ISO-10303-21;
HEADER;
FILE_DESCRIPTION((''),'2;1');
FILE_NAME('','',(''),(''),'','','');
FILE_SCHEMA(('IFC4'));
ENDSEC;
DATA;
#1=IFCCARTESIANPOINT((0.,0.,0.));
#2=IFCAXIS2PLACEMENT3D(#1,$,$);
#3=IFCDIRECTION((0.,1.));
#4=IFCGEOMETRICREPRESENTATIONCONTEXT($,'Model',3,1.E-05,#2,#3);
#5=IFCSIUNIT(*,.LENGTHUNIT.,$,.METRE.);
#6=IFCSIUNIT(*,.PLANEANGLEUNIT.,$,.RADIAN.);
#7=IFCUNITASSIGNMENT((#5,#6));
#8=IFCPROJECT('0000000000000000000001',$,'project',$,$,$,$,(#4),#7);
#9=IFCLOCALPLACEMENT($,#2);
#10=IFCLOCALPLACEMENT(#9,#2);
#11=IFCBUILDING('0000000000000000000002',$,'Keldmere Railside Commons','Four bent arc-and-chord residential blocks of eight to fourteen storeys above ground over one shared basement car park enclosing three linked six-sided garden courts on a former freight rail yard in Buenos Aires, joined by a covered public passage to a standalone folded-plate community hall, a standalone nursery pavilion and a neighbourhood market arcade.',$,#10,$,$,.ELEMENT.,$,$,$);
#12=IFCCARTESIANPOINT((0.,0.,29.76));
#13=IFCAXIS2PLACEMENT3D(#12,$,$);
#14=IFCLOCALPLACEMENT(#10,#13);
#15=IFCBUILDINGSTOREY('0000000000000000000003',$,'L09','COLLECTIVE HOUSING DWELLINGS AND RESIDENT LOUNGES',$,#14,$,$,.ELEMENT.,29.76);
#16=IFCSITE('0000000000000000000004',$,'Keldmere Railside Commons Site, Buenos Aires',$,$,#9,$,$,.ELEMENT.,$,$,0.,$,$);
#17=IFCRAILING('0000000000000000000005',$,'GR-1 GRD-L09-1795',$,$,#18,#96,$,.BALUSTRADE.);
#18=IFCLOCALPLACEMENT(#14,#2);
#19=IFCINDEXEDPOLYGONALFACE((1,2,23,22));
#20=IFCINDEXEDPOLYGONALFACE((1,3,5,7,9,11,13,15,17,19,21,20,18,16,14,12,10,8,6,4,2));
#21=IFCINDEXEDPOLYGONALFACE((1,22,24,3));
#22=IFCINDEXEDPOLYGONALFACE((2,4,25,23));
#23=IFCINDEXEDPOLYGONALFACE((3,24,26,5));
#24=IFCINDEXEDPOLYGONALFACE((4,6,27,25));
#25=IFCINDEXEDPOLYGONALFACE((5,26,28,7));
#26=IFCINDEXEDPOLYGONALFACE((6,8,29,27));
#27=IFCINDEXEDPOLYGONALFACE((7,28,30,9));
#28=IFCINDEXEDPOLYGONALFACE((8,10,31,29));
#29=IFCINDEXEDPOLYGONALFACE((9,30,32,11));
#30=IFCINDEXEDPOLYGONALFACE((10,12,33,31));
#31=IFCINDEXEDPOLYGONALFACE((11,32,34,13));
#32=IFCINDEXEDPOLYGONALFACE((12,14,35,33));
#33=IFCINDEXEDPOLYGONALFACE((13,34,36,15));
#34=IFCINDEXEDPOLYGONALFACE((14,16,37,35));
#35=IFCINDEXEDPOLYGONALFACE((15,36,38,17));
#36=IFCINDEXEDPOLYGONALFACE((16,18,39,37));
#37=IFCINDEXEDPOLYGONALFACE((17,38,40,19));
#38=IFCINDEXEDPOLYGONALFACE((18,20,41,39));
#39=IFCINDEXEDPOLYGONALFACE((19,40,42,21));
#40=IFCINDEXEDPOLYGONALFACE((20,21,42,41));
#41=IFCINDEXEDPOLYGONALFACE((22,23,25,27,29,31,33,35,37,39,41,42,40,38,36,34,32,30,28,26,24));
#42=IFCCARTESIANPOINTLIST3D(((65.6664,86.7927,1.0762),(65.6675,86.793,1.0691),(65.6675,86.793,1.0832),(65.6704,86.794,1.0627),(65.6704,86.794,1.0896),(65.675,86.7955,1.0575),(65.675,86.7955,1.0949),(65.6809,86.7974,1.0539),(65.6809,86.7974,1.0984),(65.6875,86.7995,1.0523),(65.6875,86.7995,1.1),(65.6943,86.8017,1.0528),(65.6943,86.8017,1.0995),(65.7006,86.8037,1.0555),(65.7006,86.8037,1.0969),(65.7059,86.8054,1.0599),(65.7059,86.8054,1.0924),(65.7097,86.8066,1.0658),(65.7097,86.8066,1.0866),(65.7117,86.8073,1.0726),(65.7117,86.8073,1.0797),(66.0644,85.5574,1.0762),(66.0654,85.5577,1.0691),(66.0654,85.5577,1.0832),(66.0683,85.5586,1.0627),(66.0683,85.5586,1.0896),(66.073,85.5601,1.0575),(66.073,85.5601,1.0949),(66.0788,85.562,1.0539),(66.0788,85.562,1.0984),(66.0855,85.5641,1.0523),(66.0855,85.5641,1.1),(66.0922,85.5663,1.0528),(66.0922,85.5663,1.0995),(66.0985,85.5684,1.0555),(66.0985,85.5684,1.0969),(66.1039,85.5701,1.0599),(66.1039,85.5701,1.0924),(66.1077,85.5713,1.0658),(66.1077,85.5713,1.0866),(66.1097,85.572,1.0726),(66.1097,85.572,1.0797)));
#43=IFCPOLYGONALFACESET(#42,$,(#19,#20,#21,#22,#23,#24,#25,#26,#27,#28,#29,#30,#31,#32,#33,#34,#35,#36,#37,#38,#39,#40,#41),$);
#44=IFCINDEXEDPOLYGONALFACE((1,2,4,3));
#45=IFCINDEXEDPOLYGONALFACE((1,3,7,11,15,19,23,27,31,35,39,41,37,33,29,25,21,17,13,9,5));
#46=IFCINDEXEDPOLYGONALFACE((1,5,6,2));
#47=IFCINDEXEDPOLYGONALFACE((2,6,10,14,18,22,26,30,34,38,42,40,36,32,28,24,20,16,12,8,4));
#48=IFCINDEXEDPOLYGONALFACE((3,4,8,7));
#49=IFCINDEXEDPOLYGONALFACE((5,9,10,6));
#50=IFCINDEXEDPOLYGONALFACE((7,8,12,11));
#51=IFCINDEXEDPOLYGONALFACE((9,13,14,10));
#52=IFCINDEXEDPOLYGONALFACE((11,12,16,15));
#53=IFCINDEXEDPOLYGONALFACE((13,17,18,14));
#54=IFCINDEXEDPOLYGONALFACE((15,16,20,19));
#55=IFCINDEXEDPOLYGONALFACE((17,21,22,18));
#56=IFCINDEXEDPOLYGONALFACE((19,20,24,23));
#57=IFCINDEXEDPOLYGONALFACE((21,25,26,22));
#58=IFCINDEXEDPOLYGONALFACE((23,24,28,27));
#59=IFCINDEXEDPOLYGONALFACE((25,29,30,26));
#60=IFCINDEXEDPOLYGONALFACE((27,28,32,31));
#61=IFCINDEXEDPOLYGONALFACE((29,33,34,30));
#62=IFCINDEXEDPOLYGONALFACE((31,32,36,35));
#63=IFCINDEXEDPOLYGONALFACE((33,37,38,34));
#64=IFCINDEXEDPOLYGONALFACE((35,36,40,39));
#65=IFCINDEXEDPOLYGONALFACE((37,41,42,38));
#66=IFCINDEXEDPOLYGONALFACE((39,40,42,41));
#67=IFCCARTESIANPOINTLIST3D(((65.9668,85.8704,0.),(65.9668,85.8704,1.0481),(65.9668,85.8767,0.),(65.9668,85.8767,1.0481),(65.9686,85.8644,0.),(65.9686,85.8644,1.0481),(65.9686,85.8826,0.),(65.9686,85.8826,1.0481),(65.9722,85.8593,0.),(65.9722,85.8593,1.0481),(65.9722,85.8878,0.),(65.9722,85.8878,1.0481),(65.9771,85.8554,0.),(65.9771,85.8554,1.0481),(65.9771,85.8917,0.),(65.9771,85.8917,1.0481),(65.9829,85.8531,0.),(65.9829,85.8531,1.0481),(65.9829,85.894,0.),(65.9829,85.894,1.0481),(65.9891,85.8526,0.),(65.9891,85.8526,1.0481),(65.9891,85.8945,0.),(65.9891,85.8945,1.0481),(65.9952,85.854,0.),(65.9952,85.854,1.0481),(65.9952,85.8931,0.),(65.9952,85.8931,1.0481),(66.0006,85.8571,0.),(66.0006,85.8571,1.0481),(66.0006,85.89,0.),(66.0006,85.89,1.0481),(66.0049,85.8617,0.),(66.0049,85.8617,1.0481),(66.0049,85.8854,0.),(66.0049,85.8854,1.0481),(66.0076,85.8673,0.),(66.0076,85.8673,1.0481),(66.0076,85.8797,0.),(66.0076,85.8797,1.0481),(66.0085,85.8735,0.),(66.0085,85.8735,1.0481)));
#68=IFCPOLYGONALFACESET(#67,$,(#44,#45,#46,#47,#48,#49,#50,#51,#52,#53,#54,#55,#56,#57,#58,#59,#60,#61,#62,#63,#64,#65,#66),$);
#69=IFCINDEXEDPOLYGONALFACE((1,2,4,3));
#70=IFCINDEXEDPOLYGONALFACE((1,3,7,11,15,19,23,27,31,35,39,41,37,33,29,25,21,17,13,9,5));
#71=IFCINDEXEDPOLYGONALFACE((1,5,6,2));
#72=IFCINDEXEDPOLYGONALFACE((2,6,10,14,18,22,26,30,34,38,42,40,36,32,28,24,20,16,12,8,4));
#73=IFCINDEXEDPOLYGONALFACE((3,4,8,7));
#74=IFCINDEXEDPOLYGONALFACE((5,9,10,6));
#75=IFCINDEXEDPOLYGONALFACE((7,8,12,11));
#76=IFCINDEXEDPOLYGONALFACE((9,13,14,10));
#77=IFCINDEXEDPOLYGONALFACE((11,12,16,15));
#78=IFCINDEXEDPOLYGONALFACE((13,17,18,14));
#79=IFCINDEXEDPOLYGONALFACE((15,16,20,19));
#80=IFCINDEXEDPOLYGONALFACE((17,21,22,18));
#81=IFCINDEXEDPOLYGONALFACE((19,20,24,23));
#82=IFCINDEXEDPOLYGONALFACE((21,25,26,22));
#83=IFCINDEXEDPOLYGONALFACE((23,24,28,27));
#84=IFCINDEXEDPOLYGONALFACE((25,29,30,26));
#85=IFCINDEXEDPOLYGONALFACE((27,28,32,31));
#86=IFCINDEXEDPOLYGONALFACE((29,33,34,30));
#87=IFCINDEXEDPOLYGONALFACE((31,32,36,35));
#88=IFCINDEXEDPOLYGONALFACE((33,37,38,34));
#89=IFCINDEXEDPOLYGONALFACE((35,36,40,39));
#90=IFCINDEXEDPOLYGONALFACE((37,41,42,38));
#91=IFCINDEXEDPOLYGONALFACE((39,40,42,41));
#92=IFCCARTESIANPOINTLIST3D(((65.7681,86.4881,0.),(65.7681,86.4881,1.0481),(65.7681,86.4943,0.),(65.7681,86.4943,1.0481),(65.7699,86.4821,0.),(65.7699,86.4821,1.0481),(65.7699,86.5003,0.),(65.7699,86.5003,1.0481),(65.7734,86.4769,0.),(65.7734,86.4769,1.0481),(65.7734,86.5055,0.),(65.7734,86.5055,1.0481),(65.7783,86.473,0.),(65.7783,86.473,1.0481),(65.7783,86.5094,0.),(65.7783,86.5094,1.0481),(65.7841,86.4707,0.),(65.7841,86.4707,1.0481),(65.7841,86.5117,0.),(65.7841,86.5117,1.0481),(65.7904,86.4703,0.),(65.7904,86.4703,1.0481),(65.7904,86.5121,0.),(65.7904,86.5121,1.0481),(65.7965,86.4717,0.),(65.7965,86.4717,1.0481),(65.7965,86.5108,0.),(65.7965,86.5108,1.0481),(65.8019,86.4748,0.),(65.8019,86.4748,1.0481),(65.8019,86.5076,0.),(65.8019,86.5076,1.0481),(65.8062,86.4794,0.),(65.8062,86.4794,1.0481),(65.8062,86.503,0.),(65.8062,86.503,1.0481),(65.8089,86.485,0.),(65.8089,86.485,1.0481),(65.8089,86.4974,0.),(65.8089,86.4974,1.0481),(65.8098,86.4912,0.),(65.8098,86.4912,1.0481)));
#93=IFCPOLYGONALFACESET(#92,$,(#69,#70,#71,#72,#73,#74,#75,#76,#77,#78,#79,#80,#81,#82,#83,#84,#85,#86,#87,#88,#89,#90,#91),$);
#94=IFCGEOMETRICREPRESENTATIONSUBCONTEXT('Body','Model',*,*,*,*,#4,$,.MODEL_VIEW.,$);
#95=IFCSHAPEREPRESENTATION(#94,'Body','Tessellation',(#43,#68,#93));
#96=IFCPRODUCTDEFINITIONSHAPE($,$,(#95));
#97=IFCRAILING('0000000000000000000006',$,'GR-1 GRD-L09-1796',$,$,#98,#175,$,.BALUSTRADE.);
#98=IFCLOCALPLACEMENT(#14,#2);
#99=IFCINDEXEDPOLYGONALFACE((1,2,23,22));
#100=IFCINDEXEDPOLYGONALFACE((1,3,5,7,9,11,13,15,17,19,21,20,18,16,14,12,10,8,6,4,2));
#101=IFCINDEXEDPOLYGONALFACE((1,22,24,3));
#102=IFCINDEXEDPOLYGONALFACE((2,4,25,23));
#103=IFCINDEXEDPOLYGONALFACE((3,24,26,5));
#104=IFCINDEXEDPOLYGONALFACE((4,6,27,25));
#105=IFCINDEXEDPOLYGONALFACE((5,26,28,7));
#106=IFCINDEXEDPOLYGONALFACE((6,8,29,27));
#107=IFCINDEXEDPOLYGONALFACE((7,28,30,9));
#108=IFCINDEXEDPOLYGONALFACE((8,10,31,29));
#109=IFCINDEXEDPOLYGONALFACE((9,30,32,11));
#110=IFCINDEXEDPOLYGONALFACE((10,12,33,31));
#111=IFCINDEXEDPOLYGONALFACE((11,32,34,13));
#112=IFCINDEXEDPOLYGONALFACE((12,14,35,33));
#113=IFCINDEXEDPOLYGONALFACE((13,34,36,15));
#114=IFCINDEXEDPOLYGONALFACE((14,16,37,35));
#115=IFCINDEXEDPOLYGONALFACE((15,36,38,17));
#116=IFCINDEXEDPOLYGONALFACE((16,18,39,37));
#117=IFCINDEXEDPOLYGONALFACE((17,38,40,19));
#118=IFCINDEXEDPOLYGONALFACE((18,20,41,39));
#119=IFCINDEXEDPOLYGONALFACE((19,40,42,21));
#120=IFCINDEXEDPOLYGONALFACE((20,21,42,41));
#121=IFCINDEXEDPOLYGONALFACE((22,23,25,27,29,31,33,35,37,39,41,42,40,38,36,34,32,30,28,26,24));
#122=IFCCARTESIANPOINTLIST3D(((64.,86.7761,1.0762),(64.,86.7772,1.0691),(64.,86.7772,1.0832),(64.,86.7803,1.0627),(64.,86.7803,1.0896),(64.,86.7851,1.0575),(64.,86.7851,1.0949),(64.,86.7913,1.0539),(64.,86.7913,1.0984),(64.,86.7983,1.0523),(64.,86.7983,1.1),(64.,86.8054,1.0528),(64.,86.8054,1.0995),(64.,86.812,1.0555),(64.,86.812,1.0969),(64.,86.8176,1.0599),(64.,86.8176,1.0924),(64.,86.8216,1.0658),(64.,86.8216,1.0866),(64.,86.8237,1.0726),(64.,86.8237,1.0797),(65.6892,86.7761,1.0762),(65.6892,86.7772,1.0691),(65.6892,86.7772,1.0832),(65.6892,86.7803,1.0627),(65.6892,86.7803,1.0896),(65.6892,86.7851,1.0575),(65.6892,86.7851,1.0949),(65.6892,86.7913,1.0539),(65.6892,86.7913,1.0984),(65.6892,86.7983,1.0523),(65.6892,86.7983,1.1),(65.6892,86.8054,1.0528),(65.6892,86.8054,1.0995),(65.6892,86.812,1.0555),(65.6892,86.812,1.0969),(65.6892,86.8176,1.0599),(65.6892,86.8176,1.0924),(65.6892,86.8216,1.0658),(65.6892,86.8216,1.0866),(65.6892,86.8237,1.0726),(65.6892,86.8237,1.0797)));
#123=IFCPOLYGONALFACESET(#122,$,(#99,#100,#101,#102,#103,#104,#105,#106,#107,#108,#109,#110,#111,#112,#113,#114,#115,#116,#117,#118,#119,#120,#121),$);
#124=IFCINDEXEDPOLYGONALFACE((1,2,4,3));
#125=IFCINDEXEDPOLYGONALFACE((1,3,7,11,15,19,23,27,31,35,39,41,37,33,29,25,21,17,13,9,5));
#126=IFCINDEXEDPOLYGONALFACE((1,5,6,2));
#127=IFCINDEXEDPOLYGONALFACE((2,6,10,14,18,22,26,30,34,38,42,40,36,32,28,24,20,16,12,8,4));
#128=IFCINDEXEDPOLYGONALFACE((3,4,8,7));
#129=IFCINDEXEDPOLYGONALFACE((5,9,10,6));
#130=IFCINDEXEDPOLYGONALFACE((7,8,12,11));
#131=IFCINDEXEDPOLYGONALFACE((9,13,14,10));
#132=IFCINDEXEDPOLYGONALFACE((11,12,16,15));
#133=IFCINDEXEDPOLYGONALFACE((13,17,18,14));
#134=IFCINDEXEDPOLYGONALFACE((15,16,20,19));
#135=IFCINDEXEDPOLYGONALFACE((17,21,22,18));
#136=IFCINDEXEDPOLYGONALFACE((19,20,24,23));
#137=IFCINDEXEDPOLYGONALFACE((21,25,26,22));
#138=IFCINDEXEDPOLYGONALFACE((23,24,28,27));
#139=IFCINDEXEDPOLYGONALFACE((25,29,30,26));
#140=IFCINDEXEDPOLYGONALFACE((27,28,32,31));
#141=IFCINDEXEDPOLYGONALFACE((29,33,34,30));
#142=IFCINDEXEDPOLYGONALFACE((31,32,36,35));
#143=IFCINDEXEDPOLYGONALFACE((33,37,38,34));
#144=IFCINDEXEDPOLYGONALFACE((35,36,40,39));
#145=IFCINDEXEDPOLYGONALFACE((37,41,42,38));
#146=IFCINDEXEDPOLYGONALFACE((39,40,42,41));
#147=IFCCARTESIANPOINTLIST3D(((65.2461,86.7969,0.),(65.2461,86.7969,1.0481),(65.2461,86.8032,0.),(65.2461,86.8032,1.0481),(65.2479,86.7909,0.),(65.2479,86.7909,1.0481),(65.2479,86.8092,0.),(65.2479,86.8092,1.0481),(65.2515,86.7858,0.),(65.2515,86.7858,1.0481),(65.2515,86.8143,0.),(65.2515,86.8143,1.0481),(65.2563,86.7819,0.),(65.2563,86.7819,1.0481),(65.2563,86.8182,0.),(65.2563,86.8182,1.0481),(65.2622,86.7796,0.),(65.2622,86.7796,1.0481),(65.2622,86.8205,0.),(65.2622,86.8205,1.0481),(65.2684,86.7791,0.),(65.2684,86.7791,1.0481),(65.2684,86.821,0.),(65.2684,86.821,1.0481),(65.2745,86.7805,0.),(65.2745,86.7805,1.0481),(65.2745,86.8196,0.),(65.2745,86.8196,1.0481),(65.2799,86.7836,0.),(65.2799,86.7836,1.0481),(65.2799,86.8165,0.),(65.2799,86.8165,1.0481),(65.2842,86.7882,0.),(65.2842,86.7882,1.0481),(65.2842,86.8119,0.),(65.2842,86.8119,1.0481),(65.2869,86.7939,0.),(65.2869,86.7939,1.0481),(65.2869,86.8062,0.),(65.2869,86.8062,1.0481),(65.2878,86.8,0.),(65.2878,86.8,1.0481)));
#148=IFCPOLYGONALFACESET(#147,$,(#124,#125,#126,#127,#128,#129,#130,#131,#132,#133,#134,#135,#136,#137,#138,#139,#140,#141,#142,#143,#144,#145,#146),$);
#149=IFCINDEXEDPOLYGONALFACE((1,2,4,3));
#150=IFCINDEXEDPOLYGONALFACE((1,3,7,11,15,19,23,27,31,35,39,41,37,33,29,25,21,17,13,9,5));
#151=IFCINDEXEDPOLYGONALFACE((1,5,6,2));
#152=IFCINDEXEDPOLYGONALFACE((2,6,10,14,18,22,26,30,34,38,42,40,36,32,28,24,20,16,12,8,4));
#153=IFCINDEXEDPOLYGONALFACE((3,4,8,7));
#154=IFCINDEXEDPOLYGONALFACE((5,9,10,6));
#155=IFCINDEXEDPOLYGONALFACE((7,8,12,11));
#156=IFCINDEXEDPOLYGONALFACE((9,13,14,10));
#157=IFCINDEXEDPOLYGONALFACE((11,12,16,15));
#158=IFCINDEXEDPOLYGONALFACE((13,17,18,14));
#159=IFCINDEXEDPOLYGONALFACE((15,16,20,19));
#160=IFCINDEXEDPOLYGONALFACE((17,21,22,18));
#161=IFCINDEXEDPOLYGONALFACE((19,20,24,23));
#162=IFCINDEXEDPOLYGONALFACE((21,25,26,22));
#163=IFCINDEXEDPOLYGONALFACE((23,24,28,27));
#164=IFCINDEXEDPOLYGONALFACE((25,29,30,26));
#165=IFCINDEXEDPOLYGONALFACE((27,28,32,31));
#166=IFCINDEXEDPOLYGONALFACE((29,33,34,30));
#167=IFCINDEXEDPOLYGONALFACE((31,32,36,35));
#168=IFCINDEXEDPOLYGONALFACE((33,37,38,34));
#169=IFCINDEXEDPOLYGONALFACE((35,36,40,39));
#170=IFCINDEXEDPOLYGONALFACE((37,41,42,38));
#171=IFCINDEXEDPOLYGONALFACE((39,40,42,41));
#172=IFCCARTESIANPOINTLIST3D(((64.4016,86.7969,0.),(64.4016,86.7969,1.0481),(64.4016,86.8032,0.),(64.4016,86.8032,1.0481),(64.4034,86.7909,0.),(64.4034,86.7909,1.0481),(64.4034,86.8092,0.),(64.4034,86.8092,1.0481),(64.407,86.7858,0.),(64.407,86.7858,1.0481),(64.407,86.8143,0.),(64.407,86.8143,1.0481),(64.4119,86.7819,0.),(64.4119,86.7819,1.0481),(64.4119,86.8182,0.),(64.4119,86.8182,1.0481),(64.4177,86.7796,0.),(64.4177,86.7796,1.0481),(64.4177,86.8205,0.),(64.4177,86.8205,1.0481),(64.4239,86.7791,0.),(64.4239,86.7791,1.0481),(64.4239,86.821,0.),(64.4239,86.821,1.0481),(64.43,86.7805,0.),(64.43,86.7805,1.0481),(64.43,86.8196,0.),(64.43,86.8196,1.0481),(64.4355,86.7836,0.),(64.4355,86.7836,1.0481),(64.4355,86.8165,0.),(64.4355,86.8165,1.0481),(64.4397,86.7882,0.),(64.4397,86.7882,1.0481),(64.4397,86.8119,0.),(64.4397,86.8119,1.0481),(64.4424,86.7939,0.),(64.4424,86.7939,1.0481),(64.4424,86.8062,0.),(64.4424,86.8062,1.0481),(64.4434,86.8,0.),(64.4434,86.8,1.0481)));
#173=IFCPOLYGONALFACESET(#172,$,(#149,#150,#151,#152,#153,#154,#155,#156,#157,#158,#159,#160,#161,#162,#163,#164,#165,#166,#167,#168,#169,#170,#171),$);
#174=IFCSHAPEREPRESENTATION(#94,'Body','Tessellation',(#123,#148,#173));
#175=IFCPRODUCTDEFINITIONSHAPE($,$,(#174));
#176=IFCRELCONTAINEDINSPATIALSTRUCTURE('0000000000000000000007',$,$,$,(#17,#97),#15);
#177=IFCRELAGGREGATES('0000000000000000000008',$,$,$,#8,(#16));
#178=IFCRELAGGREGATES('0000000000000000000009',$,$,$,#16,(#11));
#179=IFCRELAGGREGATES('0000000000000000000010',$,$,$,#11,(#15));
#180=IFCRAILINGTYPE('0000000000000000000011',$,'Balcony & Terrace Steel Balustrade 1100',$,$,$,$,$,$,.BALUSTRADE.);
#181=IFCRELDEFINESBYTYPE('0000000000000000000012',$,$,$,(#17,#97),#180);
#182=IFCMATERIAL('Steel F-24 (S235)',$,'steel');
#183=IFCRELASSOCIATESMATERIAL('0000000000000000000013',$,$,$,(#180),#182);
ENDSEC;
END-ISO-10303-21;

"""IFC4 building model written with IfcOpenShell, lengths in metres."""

from ifc_helpers import new_model, si_unit, direction, frame, origin, origin_2d, place, context, subcontext, project, spatial, circle, extrude, material, type_object, element, save


model = new_model("IFC4")

# Units and contexts
model_context = context("Model", 3, precision=1e-05, world=origin(), true_north=direction((0.0, 1.0)))
body_context = subcontext(model_context, "Body", "Model", "MODEL_VIEW")
ifc_project = project(units=[si_unit("LENGTHUNIT", "METRE"), si_unit("PLANEANGLEUNIT", "RADIAN")], contexts=[model_context])

# Site, building, storey
site_placement = place(None, origin())
site = spatial("IfcSite", under=ifc_project, at=site_placement, Name="Keldmere Railside Commons Site, Buenos Aires", CompositionType="ELEMENT", RefElevation=0.0)
building_placement = place(site_placement, origin())
building = spatial("IfcBuilding", under=site, at=building_placement, Name="Keldmere Railside Commons", Description="Four bent arc-and-chord residential blocks of eight to fourteen storeys above ground over one shared basement car park enclosing three linked six-sided garden courts on a former freight rail yard in Buenos Aires, joined by a covered public passage to a standalone folded-plate community hall, a standalone nursery pavilion and a neighbourhood market arcade.", CompositionType="ELEMENT")
storey_placement = place(building_placement, frame((0.0, 0.0, 29.76)))
storey = spatial("IfcBuildingStorey", under=building, at=storey_placement, Name="L09", Description="COLLECTIVE HOUSING DWELLINGS AND RESIDENT LOUNGES", CompositionType="ELEMENT", Elevation=29.76)

# Railings
ifc_material_1 = material(Name="Steel F-24 (S235)", Category="steel")
railing_type = type_object("IfcRailingType", Name="Balcony & Terrace Steel Balustrade 1100", PredefinedType="BALUSTRADE", material=ifc_material_1)
railing_1_placement = place(storey_placement, frame((66.0872, 85.5647, 0.0)))
element("IfcRailing", 1, at=railing_1_placement, inside=storey, type_object=railing_type, Name="GR-1 GRD-L09-1795", PredefinedType="BALUSTRADE", context=body_context, shape_type="SweptSolid", body=[
    extrude(circle(Radius=0.0239, at=origin_2d()), frame((0.0, 0.0, 1.0762), z_axis=(-0.306618, 0.951833, 0.0), x_axis=(-0.951833, -0.306618, 0.0)), (0.0, 0.0, 1.0), 1.2979),
    extrude(circle(Radius=0.021, at=origin_2d()), frame((-0.0996, 0.3088, 0.0)), (0.0, 0.0, 1.0), 1.0481),
    extrude(circle(Radius=0.021, at=origin_2d()), frame((-0.2983, 0.9265, 0.0)), (0.0, 0.0, 1.0), 1.0481),
])
railing_2_placement = place(storey_placement, frame((65.6892, 86.8, 0.0)))
element("IfcRailing", 2, at=railing_2_placement, inside=storey, type_object=railing_type, Name="GR-1 GRD-L09-1796", PredefinedType="BALUSTRADE", context=body_context, shape_type="SweptSolid", body=[
    extrude(circle(Radius=0.0239, at=origin_2d()), frame((0.0, 0.0, 1.0762), z_axis=(-1.0, 0.0, 0.0), x_axis=(0.0, -1.0, 0.0)), (0.0, 0.0, 1.0), 1.6892),
    extrude(circle(Radius=0.021, at=origin_2d()), frame((-0.4224, 0.0, 0.0)), (0.0, 0.0, 1.0), 1.0481),
    extrude(circle(Radius=0.021, at=origin_2d()), frame((-1.2668, 0.0, 0.0)), (0.0, 0.0, 1.0), 1.0481),
])

save(model, "model.ifc")
